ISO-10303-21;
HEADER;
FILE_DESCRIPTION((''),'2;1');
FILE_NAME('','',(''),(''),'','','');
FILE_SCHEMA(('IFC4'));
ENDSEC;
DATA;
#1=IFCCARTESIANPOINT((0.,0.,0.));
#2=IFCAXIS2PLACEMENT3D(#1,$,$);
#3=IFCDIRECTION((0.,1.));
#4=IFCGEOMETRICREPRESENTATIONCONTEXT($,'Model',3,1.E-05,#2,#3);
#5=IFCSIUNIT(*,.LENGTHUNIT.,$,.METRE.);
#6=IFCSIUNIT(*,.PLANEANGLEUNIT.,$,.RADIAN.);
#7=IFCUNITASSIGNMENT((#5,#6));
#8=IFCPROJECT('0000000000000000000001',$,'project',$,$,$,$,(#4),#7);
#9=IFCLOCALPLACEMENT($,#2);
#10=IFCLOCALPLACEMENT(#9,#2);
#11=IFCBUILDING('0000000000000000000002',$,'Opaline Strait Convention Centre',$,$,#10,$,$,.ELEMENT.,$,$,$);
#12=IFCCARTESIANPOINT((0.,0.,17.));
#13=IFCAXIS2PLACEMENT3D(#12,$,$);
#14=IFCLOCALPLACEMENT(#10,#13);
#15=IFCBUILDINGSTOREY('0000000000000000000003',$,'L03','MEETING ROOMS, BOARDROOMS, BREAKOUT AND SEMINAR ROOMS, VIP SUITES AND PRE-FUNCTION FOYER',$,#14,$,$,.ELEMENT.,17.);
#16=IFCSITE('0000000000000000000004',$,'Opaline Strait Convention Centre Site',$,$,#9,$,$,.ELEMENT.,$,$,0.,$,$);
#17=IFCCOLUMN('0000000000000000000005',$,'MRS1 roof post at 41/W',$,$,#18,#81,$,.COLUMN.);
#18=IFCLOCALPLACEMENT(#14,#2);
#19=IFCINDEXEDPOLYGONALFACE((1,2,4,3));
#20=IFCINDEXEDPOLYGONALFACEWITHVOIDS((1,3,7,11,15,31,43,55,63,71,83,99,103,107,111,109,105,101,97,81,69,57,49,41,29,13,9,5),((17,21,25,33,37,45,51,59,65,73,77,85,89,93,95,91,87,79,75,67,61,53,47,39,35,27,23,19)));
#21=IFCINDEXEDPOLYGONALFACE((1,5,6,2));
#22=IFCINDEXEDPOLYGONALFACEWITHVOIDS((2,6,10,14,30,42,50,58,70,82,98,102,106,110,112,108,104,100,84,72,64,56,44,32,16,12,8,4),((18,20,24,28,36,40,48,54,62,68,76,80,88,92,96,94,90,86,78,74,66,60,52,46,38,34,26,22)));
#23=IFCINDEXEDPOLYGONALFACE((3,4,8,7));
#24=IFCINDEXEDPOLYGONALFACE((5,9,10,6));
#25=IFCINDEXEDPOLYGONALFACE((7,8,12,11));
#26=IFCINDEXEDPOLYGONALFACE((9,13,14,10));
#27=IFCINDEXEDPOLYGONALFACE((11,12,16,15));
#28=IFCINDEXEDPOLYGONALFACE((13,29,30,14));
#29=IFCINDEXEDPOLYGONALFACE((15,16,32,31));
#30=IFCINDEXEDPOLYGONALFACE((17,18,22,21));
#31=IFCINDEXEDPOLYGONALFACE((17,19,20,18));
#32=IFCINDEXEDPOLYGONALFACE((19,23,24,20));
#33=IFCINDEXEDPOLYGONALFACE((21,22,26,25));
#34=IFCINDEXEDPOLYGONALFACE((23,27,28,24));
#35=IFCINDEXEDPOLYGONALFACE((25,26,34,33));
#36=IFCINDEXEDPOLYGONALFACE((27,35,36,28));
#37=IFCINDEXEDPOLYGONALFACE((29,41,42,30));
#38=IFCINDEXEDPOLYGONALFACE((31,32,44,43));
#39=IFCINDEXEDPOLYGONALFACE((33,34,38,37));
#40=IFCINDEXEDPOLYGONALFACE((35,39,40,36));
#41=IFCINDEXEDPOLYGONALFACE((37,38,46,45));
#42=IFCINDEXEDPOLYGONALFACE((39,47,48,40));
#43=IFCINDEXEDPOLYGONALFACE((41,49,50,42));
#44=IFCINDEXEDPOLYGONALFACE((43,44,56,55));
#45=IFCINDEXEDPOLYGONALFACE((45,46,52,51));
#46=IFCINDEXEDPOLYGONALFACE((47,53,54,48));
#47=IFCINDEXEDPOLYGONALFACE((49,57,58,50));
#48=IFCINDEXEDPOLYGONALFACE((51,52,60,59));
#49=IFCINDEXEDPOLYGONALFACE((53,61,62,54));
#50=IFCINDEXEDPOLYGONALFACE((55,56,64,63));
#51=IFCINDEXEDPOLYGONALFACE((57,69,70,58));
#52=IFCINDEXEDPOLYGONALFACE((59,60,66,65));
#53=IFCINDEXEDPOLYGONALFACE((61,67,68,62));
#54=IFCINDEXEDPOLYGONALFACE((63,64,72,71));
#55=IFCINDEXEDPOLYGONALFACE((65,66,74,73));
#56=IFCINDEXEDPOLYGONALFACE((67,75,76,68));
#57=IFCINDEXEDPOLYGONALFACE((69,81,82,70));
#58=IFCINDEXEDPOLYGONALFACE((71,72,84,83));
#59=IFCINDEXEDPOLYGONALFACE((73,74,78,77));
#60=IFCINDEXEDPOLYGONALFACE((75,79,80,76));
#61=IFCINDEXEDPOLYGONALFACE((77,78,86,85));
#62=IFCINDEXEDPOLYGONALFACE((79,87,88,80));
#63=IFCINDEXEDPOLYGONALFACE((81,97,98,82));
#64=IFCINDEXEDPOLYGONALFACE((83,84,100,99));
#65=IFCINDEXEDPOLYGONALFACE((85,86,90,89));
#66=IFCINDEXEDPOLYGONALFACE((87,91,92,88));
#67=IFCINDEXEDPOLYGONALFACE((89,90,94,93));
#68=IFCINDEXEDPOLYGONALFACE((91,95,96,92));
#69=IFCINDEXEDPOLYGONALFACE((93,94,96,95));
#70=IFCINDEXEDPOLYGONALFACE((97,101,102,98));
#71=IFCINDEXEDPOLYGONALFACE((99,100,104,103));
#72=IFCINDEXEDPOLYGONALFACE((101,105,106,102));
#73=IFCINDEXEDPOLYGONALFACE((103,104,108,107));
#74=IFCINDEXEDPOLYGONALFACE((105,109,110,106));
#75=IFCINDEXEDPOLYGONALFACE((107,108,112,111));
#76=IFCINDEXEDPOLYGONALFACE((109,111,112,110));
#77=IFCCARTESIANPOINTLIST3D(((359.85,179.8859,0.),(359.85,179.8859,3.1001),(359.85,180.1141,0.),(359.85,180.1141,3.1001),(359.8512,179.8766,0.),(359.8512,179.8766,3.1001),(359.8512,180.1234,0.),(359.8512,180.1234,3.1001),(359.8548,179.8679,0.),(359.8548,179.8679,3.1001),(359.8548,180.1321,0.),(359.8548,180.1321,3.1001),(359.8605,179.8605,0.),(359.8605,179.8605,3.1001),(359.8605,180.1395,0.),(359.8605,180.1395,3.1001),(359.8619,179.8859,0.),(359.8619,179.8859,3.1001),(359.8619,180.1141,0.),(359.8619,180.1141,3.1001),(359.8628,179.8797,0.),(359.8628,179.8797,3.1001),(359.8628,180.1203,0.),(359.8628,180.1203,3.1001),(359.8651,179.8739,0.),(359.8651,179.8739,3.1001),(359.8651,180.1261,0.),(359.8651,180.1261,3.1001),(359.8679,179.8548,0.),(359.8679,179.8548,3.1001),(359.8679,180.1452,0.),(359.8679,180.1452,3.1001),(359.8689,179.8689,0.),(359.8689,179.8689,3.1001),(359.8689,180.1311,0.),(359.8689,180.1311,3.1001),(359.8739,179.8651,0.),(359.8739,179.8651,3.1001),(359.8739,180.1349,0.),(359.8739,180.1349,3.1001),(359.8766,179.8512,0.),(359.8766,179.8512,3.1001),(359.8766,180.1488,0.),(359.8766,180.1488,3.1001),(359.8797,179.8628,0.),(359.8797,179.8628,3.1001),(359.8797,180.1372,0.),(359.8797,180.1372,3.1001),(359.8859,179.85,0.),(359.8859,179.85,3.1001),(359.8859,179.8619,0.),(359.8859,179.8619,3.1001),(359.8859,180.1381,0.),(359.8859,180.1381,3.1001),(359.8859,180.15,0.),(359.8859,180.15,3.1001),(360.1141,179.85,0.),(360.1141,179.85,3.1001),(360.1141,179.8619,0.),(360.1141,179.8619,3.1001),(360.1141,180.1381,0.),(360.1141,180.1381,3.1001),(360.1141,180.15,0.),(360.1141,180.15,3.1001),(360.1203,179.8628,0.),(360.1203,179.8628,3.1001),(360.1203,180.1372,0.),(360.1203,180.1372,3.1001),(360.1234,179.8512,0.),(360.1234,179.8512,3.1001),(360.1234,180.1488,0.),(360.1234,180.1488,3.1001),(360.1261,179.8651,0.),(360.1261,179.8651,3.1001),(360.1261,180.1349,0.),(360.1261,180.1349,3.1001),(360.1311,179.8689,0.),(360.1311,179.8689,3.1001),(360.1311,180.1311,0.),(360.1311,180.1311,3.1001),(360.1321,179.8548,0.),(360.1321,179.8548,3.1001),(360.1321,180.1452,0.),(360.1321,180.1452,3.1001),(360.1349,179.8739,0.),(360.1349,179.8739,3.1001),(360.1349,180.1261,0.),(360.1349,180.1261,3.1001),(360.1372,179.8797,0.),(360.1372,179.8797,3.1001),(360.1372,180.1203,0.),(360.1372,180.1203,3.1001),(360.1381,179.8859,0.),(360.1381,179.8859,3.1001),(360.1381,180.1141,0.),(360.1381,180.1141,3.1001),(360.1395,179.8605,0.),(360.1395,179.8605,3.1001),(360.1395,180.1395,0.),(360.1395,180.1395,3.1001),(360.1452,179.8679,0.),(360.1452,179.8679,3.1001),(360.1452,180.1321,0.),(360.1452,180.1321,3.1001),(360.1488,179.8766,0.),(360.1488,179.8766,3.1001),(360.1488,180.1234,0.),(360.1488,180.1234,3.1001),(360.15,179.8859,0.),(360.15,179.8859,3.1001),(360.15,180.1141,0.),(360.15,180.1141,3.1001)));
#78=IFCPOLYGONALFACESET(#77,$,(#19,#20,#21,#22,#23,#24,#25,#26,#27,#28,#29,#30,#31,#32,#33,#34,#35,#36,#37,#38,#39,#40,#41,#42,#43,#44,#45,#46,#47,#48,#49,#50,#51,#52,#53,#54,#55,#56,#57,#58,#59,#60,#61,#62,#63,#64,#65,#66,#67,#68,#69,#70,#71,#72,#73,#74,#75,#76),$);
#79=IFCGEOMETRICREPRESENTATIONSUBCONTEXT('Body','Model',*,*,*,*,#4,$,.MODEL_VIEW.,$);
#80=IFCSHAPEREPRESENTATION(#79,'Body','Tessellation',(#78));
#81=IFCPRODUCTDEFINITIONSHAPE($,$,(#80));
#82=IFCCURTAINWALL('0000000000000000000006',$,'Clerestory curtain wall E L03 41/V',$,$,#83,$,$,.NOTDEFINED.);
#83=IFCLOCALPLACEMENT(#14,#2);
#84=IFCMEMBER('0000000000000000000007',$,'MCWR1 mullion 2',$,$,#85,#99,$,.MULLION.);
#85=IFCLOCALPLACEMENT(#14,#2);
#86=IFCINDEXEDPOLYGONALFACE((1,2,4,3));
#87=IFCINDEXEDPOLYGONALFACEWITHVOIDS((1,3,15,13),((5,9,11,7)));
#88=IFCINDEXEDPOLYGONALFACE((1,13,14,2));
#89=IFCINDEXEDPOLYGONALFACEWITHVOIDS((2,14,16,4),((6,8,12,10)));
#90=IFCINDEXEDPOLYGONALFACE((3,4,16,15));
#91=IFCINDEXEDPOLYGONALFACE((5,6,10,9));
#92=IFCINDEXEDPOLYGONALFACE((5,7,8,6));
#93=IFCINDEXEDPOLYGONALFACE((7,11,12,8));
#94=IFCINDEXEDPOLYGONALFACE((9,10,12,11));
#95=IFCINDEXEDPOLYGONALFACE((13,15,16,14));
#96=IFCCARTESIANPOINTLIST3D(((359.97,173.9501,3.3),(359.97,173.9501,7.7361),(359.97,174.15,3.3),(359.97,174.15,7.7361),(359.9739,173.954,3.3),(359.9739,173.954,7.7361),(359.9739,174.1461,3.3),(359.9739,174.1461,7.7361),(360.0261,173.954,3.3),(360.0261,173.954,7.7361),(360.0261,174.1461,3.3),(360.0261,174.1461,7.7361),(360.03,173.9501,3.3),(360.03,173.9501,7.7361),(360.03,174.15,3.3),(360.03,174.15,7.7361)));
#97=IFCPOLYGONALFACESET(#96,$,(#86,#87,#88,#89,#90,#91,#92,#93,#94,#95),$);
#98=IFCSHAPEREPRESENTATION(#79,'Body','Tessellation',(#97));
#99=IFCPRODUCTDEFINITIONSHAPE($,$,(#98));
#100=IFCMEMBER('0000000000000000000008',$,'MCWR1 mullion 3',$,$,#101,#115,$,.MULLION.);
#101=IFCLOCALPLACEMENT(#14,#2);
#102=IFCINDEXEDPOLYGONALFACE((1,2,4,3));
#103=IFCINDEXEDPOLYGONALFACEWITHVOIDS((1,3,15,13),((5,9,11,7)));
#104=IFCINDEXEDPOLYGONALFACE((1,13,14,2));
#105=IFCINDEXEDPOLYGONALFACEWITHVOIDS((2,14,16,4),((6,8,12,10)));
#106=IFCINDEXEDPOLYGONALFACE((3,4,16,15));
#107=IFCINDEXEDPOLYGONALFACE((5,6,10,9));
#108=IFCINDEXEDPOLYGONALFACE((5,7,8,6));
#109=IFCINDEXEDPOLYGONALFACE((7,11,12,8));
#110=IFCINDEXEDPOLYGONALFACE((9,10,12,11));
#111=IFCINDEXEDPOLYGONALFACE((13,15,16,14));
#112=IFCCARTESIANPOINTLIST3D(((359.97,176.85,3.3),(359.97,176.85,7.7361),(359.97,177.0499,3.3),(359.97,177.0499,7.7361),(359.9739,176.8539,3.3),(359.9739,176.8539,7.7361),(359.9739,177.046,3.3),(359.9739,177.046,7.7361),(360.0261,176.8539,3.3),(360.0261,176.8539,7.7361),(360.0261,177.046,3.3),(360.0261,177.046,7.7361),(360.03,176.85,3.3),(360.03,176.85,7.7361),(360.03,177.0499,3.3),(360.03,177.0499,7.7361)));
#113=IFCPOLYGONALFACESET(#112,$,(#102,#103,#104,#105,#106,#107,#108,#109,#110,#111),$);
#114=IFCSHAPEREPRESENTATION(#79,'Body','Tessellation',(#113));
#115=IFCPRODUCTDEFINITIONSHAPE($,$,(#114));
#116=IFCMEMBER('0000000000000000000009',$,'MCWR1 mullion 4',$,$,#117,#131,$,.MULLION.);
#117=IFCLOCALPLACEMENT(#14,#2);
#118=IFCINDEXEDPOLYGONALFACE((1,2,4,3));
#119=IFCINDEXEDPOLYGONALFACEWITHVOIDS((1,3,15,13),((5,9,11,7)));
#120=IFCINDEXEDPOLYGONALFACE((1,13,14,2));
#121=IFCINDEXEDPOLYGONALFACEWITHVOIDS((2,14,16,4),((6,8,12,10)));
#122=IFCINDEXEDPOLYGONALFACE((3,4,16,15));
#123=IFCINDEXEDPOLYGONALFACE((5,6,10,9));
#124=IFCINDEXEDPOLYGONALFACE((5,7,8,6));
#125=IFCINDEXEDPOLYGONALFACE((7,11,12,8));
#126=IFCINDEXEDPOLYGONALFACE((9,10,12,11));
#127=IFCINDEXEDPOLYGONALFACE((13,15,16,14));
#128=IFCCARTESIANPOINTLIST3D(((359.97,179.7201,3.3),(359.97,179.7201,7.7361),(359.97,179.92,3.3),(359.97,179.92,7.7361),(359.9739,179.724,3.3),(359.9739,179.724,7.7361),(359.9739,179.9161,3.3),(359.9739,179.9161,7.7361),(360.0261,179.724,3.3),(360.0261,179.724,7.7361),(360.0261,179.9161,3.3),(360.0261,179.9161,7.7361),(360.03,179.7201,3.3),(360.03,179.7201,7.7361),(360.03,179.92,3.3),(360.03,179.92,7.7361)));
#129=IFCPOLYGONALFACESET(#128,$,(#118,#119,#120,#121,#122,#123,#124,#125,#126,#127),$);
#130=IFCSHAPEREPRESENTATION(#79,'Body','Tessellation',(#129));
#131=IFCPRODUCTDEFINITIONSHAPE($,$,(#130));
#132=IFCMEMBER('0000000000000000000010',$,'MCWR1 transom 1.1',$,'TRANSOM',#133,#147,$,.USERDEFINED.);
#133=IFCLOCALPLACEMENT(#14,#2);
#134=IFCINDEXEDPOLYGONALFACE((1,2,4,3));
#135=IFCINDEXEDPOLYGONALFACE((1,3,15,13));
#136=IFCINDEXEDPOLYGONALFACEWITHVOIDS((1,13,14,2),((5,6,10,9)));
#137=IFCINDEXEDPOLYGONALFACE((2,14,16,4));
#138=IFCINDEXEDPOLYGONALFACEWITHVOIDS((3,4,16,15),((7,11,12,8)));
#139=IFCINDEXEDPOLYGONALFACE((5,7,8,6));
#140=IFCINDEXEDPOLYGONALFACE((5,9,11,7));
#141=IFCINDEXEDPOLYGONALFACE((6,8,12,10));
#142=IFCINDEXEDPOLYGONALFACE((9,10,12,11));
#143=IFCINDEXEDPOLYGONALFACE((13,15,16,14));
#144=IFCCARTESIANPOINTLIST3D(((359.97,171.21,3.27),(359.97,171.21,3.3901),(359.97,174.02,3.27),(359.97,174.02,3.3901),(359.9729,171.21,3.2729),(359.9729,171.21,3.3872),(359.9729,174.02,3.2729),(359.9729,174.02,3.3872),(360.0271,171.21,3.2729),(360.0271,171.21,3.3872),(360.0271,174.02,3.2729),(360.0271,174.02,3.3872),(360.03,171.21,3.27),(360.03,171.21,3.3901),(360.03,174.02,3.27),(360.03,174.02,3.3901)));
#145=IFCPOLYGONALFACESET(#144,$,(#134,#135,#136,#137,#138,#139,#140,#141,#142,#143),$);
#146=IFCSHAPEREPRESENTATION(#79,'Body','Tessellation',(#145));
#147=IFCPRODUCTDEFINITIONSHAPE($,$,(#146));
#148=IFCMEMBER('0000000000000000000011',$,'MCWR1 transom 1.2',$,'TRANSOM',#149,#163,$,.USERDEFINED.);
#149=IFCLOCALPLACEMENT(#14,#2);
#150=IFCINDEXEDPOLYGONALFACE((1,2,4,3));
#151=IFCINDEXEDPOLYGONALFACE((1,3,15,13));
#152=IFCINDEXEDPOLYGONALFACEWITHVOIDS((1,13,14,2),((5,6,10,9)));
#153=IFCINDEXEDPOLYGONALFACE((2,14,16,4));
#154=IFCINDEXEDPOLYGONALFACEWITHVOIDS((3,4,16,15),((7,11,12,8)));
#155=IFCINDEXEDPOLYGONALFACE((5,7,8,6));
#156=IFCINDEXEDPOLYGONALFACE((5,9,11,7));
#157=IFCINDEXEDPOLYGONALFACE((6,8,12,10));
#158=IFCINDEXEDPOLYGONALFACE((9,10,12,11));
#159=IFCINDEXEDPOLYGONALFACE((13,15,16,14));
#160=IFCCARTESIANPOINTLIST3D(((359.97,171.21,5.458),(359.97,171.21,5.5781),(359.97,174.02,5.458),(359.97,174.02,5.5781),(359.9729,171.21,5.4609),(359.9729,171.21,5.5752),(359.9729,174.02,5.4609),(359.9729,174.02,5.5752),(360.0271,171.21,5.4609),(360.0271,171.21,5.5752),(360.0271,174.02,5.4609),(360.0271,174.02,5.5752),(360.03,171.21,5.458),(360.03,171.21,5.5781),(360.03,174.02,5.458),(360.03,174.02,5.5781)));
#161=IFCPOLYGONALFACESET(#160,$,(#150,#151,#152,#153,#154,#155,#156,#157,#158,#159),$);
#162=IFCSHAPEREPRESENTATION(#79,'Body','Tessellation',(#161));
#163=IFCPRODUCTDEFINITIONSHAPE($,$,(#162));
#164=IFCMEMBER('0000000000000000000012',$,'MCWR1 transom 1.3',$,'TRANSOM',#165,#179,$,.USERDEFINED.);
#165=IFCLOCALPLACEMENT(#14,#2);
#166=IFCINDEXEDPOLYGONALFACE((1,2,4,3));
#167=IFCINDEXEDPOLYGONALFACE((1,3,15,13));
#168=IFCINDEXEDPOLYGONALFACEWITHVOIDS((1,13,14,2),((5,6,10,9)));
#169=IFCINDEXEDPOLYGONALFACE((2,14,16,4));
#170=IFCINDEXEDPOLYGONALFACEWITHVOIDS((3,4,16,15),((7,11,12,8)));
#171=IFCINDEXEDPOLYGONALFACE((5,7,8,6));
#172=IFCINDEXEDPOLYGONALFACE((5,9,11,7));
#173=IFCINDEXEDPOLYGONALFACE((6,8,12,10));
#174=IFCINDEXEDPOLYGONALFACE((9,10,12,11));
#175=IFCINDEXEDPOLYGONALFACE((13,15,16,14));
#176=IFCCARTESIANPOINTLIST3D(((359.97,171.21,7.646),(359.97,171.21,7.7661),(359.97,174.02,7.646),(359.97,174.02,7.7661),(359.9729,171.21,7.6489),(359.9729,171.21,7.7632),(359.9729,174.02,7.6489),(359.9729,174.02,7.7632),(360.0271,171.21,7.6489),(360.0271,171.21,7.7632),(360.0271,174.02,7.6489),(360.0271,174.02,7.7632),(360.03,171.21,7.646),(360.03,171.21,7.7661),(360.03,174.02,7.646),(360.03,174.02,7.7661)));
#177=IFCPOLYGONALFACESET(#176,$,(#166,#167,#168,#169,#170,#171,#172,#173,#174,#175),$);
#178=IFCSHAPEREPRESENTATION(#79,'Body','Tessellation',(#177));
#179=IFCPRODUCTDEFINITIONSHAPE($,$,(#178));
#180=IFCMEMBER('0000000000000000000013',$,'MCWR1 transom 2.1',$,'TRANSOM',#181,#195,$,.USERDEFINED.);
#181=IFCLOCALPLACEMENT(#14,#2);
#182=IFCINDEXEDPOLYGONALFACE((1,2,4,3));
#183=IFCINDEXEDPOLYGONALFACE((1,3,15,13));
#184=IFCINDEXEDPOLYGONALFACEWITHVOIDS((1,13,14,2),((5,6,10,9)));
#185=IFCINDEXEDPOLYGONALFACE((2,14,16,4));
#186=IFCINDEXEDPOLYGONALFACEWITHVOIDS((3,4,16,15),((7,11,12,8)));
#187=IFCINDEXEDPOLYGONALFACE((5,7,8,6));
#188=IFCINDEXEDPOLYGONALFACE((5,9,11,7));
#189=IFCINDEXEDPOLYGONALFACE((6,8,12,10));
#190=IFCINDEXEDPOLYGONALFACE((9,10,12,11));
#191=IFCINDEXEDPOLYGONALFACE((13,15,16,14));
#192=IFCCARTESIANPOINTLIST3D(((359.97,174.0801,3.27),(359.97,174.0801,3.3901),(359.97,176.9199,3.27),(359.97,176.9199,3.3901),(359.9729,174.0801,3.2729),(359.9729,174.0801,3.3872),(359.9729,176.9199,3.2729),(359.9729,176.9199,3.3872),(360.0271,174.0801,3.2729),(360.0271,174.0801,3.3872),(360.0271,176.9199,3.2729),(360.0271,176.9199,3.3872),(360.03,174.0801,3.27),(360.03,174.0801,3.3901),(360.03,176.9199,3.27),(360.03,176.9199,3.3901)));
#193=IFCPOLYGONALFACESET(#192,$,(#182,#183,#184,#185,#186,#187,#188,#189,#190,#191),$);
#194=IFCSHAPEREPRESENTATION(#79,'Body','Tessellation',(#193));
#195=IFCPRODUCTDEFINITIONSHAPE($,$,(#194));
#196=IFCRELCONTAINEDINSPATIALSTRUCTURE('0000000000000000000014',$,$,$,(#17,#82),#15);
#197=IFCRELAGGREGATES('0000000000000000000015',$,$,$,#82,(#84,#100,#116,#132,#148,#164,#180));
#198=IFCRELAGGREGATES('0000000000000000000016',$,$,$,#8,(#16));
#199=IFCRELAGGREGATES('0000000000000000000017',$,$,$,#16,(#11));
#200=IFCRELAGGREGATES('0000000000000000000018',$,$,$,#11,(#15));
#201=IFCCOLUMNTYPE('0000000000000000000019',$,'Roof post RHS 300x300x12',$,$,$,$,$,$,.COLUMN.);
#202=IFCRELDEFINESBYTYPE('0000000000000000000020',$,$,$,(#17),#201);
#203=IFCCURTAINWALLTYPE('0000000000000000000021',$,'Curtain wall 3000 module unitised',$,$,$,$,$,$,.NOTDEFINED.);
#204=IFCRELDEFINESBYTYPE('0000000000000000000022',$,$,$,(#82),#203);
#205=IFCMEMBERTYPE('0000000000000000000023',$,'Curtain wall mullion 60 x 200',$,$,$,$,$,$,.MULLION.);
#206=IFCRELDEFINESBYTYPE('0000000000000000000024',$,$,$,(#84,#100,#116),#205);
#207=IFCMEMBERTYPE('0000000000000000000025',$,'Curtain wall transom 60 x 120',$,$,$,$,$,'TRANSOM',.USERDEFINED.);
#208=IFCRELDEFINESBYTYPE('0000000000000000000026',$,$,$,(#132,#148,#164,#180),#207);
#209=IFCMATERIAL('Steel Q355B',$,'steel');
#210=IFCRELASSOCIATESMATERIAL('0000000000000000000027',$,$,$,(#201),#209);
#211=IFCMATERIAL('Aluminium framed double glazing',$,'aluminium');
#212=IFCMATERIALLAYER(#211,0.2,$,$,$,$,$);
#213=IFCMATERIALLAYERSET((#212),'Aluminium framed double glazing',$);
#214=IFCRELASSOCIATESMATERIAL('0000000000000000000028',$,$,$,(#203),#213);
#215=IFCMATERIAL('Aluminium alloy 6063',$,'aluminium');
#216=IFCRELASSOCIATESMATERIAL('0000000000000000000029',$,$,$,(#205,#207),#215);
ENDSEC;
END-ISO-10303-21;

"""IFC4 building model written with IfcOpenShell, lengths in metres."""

from ifc_helpers import new_model, si_unit, direction, frame, origin, origin_2d, place, context, subcontext, project, spatial, hollow_rectangle, extrude, material, layer, layer_set, material_profile, profile_set, type_object, element, aggregate, save


model = new_model("IFC4")

# Units and contexts
model_context = context("Model", 3, precision=1e-05, world=origin(), true_north=direction((0.0, 1.0)))
body_context = subcontext(model_context, "Body", "Model", "MODEL_VIEW")
ifc_project = project(units=[si_unit("LENGTHUNIT", "METRE"), si_unit("PLANEANGLEUNIT", "RADIAN")], contexts=[model_context])

# Site, building, storey
site_placement = place(None, origin())
site = spatial("IfcSite", under=ifc_project, at=site_placement, Name="Opaline Strait Convention Centre Site", CompositionType="ELEMENT", RefElevation=0.0)
building_placement = place(site_placement, origin())
building = spatial("IfcBuilding", under=site, at=building_placement, Name="Opaline Strait Convention Centre", CompositionType="ELEMENT")
storey_placement = place(building_placement, frame((0.0, 0.0, 17.0)))
storey = spatial("IfcBuildingStorey", under=building, at=storey_placement, Name="L03", Description="MEETING ROOMS, BOARDROOMS, BREAKOUT AND SEMINAR ROOMS, VIP SUITES AND PRE-FUNCTION FOYER", CompositionType="ELEMENT", Elevation=17.0)

# Column
ifc_material_1 = material(Name="Steel Q355B", Category="steel")
ifc_material_profile_1 = material_profile(ifc_material_1, hollow_rectangle(XDim=0.3, YDim=0.3, WallThickness=0.012, InnerFilletRadius=0.0239, OuterFilletRadius=0.0359, at=origin_2d()), Name="RHS 300x300x12")
ifc_profile_set_1 = profile_set([ifc_material_profile_1], Name="Steel Q355B")
column_type = type_object("IfcColumnType", Name="Roof post RHS 300x300x12", PredefinedType="COLUMN", material=ifc_profile_set_1)
column_placement = place(storey_placement, frame((360.0, 180.0, 0.0), z_axis=(0.0, 0.0, 1.0), x_axis=(1.0, 0.0, 0.0)))
element("IfcColumn", 1, at=column_placement, inside=storey, type_object=column_type, Name="MRS1 roof post at 41/W", PredefinedType="COLUMN", context=body_context, shape_type="SweptSolid", body=[
    extrude(hollow_rectangle(XDim=0.3, YDim=0.3, WallThickness=0.012, InnerFilletRadius=0.0239, OuterFilletRadius=0.0359, at=origin_2d()), origin(), (0.0, 0.0, 1.0), 3.1001),
])

# Curtain wall, members
ifc_material_2 = material(Name="Aluminium framed double glazing", Category="aluminium")
ifc_layer_1 = layer(ifc_material_2, 0.2)
ifc_layer_set_1 = layer_set([ifc_layer_1], Name="Aluminium framed double glazing")
curtain_wall_type = type_object("IfcCurtainWallType", Name="Curtain wall 3000 module unitised", PredefinedType="NOTDEFINED", material=ifc_layer_set_1)
curtain_wall_placement = place(storey_placement, origin())
curtain_wall = element("IfcCurtainWall", 2, at=curtain_wall_placement, inside=storey, type_object=curtain_wall_type, Name="Clerestory curtain wall E L03 41/V", PredefinedType="NOTDEFINED")
ifc_material_3 = material(Name="Aluminium alloy 6063", Category="aluminium")
ifc_material_profile_2 = material_profile(ifc_material_3, hollow_rectangle(XDim=0.0601, YDim=0.2, WallThickness=0.0039, at=origin_2d()), Name="MULLION 60x200x4")
ifc_profile_set_2 = profile_set([ifc_material_profile_2], Name="Aluminium alloy 6063")
member_type_1 = type_object("IfcMemberType", Name="Curtain wall mullion 60 x 200", PredefinedType="MULLION", material=ifc_profile_set_2)
member_1_placement = place(storey_placement, frame((360.0, 174.05, 3.3), z_axis=(0.0, 0.0, 1.0), x_axis=(-1.0, 0.0, 0.0)))
member_1 = element("IfcMember", 3, at=member_1_placement, type_object=member_type_1, Name="MCWR1 mullion 2", PredefinedType="MULLION", context=body_context, shape_type="SweptSolid", body=[
    extrude(hollow_rectangle(XDim=0.0601, YDim=0.2, WallThickness=0.0039, at=origin_2d()), origin(), (0.0, 0.0, 1.0), 4.436),
])
member_2_placement = place(storey_placement, frame((360.0, 176.95, 3.3), z_axis=(0.0, 0.0, 1.0), x_axis=(-1.0, 0.0, 0.0)))
member_2 = element("IfcMember", 4, at=member_2_placement, type_object=member_type_1, Name="MCWR1 mullion 3", PredefinedType="MULLION", context=body_context, shape_type="SweptSolid", body=[
    extrude(hollow_rectangle(XDim=0.0601, YDim=0.2, WallThickness=0.0039, at=origin_2d()), origin(), (0.0, 0.0, 1.0), 4.436),
])
member_3_placement = place(storey_placement, frame((360.0, 179.8201, 3.3), z_axis=(0.0, 0.0, 1.0), x_axis=(-1.0, 0.0, 0.0)))
member_3 = element("IfcMember", 5, at=member_3_placement, type_object=member_type_1, Name="MCWR1 mullion 4", PredefinedType="MULLION", context=body_context, shape_type="SweptSolid", body=[
    extrude(hollow_rectangle(XDim=0.0601, YDim=0.2, WallThickness=0.0039, at=origin_2d()), origin(), (0.0, 0.0, 1.0), 4.436),
])
ifc_material_profile_3 = material_profile(ifc_material_3, hollow_rectangle(XDim=0.0601, YDim=0.1201, WallThickness=0.0029, at=origin_2d()), Name="TRANSOM 60x120x3")
ifc_profile_set_3 = profile_set([ifc_material_profile_3], Name="Aluminium alloy 6063")
member_type_2 = type_object("IfcMemberType", Name="Curtain wall transom 60 x 120", ElementType="TRANSOM", PredefinedType="USERDEFINED", material=ifc_profile_set_3)
member_4_placement = place(storey_placement, frame((360.0, 171.21, 3.3301), z_axis=(0.0, 1.0, 0.0), x_axis=(-1.0, 0.0, 0.0)))
member_4 = element("IfcMember", 6, at=member_4_placement, type_object=member_type_2, Name="MCWR1 transom 1.1", ObjectType="TRANSOM", PredefinedType="USERDEFINED", context=body_context, shape_type="SweptSolid", body=[
    extrude(hollow_rectangle(XDim=0.0601, YDim=0.1201, WallThickness=0.0029, at=origin_2d()), origin(), (0.0, 0.0, 1.0), 2.8101),
])
member_5_placement = place(storey_placement, frame((360.0, 171.21, 5.5181), z_axis=(0.0, 1.0, 0.0), x_axis=(-1.0, 0.0, 0.0)))
member_5 = element("IfcMember", 7, at=member_5_placement, type_object=member_type_2, Name="MCWR1 transom 1.2", ObjectType="TRANSOM", PredefinedType="USERDEFINED", context=body_context, shape_type="SweptSolid", body=[
    extrude(hollow_rectangle(XDim=0.0601, YDim=0.1201, WallThickness=0.0029, at=origin_2d()), origin(), (0.0, 0.0, 1.0), 2.8101),
])
member_6_placement = place(storey_placement, frame((360.0, 171.21, 7.7061), z_axis=(0.0, 1.0, 0.0), x_axis=(-1.0, 0.0, 0.0)))
member_6 = element("IfcMember", 8, at=member_6_placement, type_object=member_type_2, Name="MCWR1 transom 1.3", ObjectType="TRANSOM", PredefinedType="USERDEFINED", context=body_context, shape_type="SweptSolid", body=[
    extrude(hollow_rectangle(XDim=0.0601, YDim=0.1201, WallThickness=0.0029, at=origin_2d()), origin(), (0.0, 0.0, 1.0), 2.8101),
])
member_7_placement = place(storey_placement, frame((360.0, 174.0801, 3.3301), z_axis=(0.0, 1.0, 0.0), x_axis=(-1.0, 0.0, 0.0)))
member_7 = element("IfcMember", 9, at=member_7_placement, type_object=member_type_2, Name="MCWR1 transom 2.1", ObjectType="TRANSOM", PredefinedType="USERDEFINED", context=body_context, shape_type="SweptSolid", body=[
    extrude(hollow_rectangle(XDim=0.0601, YDim=0.1201, WallThickness=0.0029, at=origin_2d()), origin(), (0.0, 0.0, 1.0), 2.8398),
])
aggregate(curtain_wall, [member_1, member_2, member_3, member_4, member_5, member_6, member_7])

save(model, "model.ifc")
